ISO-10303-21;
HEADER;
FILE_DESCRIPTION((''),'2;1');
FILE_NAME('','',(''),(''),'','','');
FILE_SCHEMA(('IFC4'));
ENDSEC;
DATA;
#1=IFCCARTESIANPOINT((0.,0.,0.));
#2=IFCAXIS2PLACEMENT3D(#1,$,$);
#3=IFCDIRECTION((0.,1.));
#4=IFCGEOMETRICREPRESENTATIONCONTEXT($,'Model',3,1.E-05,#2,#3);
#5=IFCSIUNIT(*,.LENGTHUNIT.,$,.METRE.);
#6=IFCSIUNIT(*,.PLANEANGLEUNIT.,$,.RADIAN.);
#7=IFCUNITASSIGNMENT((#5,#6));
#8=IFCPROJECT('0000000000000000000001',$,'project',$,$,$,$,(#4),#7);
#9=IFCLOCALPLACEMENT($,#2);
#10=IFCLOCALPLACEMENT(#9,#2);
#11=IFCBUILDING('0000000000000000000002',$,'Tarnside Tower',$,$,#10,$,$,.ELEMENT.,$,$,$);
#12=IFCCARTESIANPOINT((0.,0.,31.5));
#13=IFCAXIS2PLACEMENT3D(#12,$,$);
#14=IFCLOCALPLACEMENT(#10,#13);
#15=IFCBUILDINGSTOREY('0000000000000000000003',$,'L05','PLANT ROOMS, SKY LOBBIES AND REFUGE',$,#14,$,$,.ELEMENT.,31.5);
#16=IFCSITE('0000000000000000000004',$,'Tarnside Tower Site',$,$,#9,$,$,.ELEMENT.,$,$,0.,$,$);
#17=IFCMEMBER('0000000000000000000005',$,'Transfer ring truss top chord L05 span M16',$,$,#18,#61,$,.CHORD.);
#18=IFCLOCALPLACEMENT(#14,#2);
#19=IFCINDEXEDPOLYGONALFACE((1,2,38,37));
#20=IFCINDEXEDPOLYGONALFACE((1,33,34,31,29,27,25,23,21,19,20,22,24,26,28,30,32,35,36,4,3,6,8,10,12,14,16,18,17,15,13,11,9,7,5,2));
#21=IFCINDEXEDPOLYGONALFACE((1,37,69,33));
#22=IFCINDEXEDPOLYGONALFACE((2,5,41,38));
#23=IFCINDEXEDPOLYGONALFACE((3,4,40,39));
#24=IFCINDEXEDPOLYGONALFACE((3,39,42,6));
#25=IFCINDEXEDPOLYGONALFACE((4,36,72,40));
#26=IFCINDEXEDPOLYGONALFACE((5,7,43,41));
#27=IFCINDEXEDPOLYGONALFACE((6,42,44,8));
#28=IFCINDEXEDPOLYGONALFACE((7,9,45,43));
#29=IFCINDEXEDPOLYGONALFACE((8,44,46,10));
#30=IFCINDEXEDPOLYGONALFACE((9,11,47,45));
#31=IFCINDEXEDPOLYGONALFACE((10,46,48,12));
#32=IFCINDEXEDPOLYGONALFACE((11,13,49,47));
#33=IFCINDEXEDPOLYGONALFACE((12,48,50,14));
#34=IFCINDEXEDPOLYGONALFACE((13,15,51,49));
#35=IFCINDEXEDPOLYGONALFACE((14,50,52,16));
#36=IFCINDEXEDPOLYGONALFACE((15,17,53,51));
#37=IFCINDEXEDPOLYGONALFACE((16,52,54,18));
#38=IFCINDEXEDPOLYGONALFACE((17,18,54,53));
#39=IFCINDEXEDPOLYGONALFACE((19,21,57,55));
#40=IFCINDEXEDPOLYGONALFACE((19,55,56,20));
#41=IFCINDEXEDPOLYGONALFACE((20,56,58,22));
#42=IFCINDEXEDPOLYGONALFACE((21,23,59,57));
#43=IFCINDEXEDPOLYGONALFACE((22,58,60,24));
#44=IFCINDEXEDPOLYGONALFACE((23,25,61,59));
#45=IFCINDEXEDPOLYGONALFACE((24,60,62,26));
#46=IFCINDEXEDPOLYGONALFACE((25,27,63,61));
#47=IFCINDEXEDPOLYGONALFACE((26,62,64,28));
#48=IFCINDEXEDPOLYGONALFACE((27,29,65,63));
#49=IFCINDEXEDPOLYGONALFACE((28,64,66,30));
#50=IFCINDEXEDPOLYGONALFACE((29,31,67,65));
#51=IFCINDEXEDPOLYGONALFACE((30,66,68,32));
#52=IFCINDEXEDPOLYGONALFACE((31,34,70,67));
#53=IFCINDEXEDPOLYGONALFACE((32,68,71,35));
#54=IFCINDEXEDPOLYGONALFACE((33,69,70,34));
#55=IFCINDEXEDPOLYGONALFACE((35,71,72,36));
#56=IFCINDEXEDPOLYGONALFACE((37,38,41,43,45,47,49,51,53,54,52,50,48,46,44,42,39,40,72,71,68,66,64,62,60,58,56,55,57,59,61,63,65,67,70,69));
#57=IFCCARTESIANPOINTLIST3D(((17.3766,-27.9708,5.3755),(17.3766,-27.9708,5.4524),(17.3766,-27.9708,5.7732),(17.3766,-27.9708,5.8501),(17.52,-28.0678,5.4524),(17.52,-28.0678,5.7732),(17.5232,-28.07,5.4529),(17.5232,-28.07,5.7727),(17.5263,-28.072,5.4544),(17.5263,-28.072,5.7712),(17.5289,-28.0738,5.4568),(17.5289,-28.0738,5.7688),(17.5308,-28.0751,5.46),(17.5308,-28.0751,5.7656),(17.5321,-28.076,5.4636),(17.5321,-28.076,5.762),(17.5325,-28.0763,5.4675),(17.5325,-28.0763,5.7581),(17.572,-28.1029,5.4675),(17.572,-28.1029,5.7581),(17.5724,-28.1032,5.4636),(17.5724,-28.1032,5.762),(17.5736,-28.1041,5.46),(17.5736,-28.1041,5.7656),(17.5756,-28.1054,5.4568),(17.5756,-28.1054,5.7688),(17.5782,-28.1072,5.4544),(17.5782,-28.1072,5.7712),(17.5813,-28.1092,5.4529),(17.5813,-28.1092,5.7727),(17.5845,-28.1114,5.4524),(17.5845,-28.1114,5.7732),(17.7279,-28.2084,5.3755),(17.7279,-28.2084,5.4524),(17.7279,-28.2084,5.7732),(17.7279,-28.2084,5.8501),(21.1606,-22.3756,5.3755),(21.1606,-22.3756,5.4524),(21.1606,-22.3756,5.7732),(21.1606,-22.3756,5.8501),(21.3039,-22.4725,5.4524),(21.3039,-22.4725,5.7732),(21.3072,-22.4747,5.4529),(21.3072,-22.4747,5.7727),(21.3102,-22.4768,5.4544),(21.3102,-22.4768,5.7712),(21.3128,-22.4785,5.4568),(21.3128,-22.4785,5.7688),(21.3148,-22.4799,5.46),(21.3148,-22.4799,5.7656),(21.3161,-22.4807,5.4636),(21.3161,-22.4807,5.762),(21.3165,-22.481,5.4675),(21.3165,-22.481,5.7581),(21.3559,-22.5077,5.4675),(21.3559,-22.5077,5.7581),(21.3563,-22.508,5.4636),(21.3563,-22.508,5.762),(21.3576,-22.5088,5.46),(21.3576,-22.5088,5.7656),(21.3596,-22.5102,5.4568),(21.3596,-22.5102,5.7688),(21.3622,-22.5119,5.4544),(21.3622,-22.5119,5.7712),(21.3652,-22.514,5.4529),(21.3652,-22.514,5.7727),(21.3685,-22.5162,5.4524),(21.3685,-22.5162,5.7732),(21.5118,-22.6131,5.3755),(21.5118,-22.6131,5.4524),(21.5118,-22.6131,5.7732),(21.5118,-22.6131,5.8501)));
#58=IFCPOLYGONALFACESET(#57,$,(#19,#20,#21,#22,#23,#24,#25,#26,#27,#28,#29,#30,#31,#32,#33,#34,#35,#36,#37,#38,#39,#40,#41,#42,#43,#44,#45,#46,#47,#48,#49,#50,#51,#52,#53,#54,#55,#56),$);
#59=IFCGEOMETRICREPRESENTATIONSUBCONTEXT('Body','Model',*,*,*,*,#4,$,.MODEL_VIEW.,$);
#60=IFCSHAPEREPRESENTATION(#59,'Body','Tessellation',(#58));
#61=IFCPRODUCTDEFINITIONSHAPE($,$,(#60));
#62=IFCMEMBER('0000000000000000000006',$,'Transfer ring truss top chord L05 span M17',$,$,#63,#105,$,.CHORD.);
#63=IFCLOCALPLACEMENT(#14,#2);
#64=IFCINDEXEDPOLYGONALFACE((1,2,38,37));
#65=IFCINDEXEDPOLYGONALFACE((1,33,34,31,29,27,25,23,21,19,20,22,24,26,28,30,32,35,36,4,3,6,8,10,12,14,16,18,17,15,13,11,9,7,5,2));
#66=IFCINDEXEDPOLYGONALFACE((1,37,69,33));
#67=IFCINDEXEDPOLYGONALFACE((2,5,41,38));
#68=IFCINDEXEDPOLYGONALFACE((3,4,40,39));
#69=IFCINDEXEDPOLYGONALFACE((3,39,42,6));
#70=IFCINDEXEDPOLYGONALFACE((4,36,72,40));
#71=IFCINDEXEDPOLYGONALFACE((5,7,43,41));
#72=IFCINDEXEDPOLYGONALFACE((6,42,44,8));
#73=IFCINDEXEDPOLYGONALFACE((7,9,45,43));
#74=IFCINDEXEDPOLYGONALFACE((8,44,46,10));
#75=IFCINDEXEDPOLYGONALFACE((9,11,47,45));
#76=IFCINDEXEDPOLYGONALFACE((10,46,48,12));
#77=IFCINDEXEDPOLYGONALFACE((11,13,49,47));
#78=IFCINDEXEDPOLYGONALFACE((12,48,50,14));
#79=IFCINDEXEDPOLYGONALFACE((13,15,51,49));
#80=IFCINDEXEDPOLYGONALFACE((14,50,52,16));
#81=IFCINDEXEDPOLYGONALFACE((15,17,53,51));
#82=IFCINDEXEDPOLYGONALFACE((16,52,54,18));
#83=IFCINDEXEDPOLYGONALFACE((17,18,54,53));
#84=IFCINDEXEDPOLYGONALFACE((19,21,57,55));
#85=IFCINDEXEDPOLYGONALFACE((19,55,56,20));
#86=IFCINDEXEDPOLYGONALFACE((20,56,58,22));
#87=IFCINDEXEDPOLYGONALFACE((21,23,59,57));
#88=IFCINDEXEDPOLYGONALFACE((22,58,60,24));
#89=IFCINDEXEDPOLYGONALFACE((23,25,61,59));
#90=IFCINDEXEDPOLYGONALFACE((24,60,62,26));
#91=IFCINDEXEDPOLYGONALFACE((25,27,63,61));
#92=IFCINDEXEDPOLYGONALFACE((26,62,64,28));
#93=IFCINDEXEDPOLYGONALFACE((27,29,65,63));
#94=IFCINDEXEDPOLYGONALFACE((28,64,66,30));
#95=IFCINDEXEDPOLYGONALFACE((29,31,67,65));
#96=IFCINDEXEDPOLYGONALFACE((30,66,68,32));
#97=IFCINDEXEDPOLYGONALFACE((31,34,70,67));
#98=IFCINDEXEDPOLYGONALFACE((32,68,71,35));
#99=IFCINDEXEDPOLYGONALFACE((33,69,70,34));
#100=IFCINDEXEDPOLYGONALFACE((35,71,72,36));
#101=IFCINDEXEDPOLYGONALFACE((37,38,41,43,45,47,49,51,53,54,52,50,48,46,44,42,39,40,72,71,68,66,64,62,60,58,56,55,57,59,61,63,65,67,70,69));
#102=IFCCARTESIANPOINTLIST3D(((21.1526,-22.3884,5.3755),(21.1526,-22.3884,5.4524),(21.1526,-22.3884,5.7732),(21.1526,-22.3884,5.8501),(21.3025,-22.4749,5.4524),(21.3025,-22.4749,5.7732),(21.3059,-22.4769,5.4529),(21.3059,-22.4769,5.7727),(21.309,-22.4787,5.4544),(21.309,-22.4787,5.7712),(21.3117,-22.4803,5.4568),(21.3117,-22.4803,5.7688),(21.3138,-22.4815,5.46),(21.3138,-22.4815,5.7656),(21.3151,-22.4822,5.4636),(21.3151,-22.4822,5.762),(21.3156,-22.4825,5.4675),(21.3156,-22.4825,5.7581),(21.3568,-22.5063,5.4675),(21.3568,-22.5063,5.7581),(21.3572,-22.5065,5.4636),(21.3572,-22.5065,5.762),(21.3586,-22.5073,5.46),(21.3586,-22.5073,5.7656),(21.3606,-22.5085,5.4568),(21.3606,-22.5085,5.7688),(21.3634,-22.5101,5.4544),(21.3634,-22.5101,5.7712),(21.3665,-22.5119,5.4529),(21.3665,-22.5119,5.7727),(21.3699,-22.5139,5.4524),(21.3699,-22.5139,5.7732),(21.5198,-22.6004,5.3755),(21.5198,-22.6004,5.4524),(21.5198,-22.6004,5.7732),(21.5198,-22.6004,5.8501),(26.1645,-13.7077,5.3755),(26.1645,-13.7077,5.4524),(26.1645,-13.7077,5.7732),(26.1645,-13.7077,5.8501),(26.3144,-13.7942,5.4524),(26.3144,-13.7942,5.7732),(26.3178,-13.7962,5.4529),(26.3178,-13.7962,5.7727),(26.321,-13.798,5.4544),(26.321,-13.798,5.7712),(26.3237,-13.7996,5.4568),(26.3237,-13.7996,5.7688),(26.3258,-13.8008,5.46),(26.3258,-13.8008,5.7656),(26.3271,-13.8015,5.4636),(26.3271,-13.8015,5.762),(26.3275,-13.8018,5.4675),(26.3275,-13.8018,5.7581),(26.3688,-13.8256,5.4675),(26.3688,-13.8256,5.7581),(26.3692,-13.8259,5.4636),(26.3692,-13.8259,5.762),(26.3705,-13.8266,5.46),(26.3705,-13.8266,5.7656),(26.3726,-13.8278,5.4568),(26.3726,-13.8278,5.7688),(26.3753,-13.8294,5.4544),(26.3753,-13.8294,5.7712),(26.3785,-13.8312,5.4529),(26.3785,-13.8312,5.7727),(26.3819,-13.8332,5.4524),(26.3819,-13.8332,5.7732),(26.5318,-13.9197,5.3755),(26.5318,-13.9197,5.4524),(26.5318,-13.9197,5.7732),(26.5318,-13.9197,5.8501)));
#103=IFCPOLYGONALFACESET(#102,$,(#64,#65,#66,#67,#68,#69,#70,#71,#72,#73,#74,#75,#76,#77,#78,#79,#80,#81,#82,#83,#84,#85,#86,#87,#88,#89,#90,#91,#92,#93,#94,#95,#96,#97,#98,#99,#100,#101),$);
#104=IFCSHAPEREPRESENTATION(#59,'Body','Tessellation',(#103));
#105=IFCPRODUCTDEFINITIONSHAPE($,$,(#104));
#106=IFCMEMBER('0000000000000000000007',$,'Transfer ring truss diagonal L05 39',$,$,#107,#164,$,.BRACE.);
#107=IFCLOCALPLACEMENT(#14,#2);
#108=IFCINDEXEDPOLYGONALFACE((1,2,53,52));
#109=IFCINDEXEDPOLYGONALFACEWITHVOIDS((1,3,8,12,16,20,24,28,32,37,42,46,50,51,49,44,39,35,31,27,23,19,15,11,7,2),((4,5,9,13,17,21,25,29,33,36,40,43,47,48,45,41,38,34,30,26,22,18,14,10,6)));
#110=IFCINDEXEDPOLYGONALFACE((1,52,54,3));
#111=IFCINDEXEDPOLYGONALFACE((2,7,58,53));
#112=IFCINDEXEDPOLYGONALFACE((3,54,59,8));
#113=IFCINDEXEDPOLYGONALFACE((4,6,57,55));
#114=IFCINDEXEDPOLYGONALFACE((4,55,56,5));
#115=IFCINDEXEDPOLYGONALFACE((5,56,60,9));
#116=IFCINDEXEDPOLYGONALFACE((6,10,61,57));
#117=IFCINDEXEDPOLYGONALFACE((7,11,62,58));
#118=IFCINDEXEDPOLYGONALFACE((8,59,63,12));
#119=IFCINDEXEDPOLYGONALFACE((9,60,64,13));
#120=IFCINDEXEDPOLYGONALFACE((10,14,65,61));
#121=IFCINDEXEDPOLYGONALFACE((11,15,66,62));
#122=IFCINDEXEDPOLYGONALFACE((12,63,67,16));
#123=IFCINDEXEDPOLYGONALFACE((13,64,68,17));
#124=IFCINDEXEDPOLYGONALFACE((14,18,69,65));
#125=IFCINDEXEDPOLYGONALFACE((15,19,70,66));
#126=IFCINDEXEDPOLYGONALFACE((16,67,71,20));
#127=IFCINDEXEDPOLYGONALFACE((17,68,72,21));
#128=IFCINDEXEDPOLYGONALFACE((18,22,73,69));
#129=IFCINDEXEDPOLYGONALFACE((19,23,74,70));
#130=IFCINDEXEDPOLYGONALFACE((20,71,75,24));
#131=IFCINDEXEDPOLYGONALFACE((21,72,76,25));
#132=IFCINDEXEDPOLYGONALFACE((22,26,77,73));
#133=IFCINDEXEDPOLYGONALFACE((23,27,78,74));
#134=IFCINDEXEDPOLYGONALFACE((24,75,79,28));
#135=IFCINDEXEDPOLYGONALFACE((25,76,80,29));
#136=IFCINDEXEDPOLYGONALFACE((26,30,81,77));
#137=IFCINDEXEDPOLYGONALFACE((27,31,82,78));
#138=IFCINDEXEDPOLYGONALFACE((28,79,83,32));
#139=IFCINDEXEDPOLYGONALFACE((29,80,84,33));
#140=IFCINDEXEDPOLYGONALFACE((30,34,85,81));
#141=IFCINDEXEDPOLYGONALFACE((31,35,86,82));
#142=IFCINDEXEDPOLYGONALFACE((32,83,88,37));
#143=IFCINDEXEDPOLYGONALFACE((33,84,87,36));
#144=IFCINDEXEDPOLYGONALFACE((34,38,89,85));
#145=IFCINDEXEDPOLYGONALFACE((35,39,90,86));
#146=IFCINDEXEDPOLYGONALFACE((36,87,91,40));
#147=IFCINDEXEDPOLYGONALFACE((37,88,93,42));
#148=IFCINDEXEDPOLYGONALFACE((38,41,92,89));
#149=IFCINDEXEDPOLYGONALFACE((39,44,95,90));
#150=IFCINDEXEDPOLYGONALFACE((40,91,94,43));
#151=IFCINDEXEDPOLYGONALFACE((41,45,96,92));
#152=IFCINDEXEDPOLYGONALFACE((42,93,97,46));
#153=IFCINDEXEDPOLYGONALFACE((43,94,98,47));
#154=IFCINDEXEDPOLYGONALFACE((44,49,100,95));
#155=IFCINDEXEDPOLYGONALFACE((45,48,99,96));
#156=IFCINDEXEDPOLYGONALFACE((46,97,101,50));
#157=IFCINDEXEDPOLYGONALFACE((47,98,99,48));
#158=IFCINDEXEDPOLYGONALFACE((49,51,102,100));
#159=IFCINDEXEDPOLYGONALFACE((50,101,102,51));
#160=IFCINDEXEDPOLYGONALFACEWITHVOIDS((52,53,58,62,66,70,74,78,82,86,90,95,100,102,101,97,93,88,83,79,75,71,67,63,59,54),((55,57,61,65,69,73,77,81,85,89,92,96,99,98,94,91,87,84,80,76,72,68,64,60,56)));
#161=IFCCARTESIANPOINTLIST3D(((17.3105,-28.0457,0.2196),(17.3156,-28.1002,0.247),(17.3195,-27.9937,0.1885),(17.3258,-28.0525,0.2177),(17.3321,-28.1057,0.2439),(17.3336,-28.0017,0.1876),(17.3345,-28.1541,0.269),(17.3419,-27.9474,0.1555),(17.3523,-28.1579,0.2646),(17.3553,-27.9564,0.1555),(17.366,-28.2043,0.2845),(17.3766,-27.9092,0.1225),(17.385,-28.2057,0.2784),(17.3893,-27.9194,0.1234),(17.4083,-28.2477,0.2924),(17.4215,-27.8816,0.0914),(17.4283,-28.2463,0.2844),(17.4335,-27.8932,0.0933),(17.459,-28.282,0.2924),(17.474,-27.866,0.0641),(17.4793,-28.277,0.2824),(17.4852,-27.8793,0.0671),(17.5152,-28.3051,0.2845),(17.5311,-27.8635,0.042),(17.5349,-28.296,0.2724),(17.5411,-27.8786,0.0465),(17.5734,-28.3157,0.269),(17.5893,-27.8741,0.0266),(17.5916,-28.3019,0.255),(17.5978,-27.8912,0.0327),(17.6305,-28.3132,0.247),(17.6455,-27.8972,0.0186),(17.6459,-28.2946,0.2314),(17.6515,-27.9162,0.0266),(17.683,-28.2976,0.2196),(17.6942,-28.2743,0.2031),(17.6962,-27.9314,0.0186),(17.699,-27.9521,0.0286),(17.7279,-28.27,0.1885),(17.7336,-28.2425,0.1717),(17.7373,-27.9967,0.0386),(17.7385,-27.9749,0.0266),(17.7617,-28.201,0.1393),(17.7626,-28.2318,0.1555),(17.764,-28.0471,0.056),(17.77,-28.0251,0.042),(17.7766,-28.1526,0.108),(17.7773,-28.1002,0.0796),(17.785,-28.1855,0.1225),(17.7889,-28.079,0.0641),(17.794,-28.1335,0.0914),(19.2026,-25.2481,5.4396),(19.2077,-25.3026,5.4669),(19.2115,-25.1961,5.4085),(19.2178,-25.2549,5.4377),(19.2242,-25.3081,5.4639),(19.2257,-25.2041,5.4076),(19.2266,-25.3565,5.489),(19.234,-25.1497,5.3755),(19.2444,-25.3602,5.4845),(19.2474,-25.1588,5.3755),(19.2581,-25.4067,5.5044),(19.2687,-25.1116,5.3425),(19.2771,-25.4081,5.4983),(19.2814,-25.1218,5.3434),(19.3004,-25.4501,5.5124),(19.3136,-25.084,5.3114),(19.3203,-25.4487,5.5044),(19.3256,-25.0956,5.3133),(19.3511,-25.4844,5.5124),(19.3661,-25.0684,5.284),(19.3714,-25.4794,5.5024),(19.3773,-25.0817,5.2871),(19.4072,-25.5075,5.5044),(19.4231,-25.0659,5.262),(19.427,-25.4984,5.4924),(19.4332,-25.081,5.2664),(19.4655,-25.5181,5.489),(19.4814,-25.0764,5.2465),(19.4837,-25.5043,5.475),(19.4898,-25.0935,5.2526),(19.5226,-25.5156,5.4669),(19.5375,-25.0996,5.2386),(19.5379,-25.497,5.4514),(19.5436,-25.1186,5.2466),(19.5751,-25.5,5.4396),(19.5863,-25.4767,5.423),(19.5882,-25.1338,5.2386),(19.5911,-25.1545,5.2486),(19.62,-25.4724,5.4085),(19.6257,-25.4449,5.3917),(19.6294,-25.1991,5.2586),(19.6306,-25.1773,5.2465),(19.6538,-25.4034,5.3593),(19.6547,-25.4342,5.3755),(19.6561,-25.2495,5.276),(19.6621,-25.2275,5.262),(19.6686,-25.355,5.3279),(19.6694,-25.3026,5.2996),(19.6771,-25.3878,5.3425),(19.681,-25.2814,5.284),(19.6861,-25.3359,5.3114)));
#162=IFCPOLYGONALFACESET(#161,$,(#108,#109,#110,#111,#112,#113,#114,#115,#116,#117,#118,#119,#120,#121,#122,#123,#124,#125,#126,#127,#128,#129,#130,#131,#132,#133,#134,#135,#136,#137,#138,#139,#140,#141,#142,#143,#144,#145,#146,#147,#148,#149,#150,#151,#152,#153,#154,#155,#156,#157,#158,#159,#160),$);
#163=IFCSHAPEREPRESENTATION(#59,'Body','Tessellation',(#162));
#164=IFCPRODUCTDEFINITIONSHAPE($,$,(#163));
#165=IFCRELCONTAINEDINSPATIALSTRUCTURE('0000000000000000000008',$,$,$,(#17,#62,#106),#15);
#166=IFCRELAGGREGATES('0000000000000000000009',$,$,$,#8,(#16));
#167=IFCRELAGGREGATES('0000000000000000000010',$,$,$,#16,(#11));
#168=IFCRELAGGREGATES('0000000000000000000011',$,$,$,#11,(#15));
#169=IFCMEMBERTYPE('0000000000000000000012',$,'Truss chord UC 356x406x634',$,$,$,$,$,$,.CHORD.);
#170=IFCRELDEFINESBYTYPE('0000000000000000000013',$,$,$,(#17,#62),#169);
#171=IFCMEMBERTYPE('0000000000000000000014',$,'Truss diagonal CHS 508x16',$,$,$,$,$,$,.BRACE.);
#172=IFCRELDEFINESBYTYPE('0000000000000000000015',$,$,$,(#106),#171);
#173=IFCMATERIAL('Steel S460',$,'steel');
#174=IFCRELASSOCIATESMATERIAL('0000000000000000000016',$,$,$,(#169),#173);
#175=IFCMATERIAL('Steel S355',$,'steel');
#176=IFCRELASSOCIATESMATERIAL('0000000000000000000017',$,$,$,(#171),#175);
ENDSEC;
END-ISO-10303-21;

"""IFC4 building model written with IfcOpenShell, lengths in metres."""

from ifc_helpers import new_model, si_unit, direction, frame, origin, origin_2d, place, context, subcontext, project, spatial, hollow_circle, i_section, extrude, material, material_profile, profile_set, type_object, element, save


model = new_model("IFC4")

# Units and contexts
model_context = context("Model", 3, precision=1e-05, world=origin(), true_north=direction((0.0, 1.0)))
body_context = subcontext(model_context, "Body", "Model", "MODEL_VIEW")
ifc_project = project(units=[si_unit("LENGTHUNIT", "METRE"), si_unit("PLANEANGLEUNIT", "RADIAN")], contexts=[model_context])

# Site, building, storey
site_placement = place(None, origin())
site = spatial("IfcSite", under=ifc_project, at=site_placement, Name="Tarnside Tower Site", CompositionType="ELEMENT", RefElevation=0.0)
building_placement = place(site_placement, origin())
building = spatial("IfcBuilding", under=site, at=building_placement, Name="Tarnside Tower", CompositionType="ELEMENT")
storey_placement = place(building_placement, frame((0.0, 0.0, 31.5)))
storey = spatial("IfcBuildingStorey", under=building, at=storey_placement, Name="L05", Description="PLANT ROOMS, SKY LOBBIES AND REFUGE", CompositionType="ELEMENT", Elevation=31.5)

# Shared definitions
ifc_material_1 = material(Name="Steel S355", Category="steel")

# Members
ifc_material_2 = material(Name="Steel S460", Category="steel")
ifc_material_profile_1 = material_profile(ifc_material_2, i_section(OverallWidth=0.4241, OverallDepth=0.4746, WebThickness=0.0476, FlangeThickness=0.0769, FilletRadius=0.0151, at=origin_2d()), Name="UC 356x406x634")
ifc_profile_set_1 = profile_set([ifc_material_profile_1], Name="Steel S460")
member_type_1 = type_object("IfcMemberType", Name="Truss chord UC 356x406x634", PredefinedType="CHORD", material=ifc_profile_set_1)
member_1_placement = place(storey_placement, frame((17.5522, -28.0896, 5.6128), z_axis=(0.560201, 0.828356, 0.0), x_axis=(-0.828356, 0.560201, 0.0)))
element("IfcMember", 1, at=member_1_placement, inside=storey, type_object=member_type_1, Name="Transfer ring truss top chord L05 span M16", PredefinedType="CHORD", context=body_context, shape_type="SweptSolid", body=[
    extrude(i_section(OverallWidth=0.4241, OverallDepth=0.4746, WebThickness=0.0476, FlangeThickness=0.0769, FilletRadius=0.0151, at=origin_2d()), origin(), (0.0, 0.0, 1.0), 6.7546),
])
member_2_placement = place(storey_placement, frame((21.3362, -22.4944, 5.6128), z_axis=(0.500013, 0.866018, 0.0), x_axis=(-0.866018, 0.500013, 0.0)))
element("IfcMember", 2, at=member_2_placement, inside=storey, type_object=member_type_1, Name="Transfer ring truss top chord L05 span M17", PredefinedType="CHORD", context=body_context, shape_type="SweptSolid", body=[
    extrude(i_section(OverallWidth=0.4241, OverallDepth=0.4746, WebThickness=0.0476, FlangeThickness=0.0769, FilletRadius=0.0151, at=origin_2d()), origin(), (0.0, 0.0, 1.0), 10.0237),
])
ifc_material_profile_2 = material_profile(ifc_material_1, hollow_circle(Radius=0.2539, WallThickness=0.0161, at=origin_2d()), Name="CHS 508x16")
ifc_profile_set_2 = profile_set([ifc_material_profile_2], Name="Steel S355")
member_type_2 = type_object("IfcMemberType", Name="Truss diagonal CHS 508x16", PredefinedType="BRACE", material=ifc_profile_set_2)
for number, where, z_axis, x_axis, name in (
    (3, (17.5522, -28.0896, 0.1555), (0.304327, 0.449972, 0.839589), (-0.82834, 0.560226, 0.0), "Transfer ring truss diagonal L05 39"),
):
    element("IfcMember", number, at=place(storey_placement, frame(where, z_axis=z_axis, x_axis=x_axis)), inside=storey, type_object=member_type_2, Name=name, PredefinedType="BRACE", context=body_context, shape_type="SweptSolid", body=[
        extrude(hollow_circle(Radius=0.2539, WallThickness=0.0161, at=origin_2d()), origin(), (0.0, 0.0, 1.0), 6.2173),
    ])

save(model, "model.ifc")
